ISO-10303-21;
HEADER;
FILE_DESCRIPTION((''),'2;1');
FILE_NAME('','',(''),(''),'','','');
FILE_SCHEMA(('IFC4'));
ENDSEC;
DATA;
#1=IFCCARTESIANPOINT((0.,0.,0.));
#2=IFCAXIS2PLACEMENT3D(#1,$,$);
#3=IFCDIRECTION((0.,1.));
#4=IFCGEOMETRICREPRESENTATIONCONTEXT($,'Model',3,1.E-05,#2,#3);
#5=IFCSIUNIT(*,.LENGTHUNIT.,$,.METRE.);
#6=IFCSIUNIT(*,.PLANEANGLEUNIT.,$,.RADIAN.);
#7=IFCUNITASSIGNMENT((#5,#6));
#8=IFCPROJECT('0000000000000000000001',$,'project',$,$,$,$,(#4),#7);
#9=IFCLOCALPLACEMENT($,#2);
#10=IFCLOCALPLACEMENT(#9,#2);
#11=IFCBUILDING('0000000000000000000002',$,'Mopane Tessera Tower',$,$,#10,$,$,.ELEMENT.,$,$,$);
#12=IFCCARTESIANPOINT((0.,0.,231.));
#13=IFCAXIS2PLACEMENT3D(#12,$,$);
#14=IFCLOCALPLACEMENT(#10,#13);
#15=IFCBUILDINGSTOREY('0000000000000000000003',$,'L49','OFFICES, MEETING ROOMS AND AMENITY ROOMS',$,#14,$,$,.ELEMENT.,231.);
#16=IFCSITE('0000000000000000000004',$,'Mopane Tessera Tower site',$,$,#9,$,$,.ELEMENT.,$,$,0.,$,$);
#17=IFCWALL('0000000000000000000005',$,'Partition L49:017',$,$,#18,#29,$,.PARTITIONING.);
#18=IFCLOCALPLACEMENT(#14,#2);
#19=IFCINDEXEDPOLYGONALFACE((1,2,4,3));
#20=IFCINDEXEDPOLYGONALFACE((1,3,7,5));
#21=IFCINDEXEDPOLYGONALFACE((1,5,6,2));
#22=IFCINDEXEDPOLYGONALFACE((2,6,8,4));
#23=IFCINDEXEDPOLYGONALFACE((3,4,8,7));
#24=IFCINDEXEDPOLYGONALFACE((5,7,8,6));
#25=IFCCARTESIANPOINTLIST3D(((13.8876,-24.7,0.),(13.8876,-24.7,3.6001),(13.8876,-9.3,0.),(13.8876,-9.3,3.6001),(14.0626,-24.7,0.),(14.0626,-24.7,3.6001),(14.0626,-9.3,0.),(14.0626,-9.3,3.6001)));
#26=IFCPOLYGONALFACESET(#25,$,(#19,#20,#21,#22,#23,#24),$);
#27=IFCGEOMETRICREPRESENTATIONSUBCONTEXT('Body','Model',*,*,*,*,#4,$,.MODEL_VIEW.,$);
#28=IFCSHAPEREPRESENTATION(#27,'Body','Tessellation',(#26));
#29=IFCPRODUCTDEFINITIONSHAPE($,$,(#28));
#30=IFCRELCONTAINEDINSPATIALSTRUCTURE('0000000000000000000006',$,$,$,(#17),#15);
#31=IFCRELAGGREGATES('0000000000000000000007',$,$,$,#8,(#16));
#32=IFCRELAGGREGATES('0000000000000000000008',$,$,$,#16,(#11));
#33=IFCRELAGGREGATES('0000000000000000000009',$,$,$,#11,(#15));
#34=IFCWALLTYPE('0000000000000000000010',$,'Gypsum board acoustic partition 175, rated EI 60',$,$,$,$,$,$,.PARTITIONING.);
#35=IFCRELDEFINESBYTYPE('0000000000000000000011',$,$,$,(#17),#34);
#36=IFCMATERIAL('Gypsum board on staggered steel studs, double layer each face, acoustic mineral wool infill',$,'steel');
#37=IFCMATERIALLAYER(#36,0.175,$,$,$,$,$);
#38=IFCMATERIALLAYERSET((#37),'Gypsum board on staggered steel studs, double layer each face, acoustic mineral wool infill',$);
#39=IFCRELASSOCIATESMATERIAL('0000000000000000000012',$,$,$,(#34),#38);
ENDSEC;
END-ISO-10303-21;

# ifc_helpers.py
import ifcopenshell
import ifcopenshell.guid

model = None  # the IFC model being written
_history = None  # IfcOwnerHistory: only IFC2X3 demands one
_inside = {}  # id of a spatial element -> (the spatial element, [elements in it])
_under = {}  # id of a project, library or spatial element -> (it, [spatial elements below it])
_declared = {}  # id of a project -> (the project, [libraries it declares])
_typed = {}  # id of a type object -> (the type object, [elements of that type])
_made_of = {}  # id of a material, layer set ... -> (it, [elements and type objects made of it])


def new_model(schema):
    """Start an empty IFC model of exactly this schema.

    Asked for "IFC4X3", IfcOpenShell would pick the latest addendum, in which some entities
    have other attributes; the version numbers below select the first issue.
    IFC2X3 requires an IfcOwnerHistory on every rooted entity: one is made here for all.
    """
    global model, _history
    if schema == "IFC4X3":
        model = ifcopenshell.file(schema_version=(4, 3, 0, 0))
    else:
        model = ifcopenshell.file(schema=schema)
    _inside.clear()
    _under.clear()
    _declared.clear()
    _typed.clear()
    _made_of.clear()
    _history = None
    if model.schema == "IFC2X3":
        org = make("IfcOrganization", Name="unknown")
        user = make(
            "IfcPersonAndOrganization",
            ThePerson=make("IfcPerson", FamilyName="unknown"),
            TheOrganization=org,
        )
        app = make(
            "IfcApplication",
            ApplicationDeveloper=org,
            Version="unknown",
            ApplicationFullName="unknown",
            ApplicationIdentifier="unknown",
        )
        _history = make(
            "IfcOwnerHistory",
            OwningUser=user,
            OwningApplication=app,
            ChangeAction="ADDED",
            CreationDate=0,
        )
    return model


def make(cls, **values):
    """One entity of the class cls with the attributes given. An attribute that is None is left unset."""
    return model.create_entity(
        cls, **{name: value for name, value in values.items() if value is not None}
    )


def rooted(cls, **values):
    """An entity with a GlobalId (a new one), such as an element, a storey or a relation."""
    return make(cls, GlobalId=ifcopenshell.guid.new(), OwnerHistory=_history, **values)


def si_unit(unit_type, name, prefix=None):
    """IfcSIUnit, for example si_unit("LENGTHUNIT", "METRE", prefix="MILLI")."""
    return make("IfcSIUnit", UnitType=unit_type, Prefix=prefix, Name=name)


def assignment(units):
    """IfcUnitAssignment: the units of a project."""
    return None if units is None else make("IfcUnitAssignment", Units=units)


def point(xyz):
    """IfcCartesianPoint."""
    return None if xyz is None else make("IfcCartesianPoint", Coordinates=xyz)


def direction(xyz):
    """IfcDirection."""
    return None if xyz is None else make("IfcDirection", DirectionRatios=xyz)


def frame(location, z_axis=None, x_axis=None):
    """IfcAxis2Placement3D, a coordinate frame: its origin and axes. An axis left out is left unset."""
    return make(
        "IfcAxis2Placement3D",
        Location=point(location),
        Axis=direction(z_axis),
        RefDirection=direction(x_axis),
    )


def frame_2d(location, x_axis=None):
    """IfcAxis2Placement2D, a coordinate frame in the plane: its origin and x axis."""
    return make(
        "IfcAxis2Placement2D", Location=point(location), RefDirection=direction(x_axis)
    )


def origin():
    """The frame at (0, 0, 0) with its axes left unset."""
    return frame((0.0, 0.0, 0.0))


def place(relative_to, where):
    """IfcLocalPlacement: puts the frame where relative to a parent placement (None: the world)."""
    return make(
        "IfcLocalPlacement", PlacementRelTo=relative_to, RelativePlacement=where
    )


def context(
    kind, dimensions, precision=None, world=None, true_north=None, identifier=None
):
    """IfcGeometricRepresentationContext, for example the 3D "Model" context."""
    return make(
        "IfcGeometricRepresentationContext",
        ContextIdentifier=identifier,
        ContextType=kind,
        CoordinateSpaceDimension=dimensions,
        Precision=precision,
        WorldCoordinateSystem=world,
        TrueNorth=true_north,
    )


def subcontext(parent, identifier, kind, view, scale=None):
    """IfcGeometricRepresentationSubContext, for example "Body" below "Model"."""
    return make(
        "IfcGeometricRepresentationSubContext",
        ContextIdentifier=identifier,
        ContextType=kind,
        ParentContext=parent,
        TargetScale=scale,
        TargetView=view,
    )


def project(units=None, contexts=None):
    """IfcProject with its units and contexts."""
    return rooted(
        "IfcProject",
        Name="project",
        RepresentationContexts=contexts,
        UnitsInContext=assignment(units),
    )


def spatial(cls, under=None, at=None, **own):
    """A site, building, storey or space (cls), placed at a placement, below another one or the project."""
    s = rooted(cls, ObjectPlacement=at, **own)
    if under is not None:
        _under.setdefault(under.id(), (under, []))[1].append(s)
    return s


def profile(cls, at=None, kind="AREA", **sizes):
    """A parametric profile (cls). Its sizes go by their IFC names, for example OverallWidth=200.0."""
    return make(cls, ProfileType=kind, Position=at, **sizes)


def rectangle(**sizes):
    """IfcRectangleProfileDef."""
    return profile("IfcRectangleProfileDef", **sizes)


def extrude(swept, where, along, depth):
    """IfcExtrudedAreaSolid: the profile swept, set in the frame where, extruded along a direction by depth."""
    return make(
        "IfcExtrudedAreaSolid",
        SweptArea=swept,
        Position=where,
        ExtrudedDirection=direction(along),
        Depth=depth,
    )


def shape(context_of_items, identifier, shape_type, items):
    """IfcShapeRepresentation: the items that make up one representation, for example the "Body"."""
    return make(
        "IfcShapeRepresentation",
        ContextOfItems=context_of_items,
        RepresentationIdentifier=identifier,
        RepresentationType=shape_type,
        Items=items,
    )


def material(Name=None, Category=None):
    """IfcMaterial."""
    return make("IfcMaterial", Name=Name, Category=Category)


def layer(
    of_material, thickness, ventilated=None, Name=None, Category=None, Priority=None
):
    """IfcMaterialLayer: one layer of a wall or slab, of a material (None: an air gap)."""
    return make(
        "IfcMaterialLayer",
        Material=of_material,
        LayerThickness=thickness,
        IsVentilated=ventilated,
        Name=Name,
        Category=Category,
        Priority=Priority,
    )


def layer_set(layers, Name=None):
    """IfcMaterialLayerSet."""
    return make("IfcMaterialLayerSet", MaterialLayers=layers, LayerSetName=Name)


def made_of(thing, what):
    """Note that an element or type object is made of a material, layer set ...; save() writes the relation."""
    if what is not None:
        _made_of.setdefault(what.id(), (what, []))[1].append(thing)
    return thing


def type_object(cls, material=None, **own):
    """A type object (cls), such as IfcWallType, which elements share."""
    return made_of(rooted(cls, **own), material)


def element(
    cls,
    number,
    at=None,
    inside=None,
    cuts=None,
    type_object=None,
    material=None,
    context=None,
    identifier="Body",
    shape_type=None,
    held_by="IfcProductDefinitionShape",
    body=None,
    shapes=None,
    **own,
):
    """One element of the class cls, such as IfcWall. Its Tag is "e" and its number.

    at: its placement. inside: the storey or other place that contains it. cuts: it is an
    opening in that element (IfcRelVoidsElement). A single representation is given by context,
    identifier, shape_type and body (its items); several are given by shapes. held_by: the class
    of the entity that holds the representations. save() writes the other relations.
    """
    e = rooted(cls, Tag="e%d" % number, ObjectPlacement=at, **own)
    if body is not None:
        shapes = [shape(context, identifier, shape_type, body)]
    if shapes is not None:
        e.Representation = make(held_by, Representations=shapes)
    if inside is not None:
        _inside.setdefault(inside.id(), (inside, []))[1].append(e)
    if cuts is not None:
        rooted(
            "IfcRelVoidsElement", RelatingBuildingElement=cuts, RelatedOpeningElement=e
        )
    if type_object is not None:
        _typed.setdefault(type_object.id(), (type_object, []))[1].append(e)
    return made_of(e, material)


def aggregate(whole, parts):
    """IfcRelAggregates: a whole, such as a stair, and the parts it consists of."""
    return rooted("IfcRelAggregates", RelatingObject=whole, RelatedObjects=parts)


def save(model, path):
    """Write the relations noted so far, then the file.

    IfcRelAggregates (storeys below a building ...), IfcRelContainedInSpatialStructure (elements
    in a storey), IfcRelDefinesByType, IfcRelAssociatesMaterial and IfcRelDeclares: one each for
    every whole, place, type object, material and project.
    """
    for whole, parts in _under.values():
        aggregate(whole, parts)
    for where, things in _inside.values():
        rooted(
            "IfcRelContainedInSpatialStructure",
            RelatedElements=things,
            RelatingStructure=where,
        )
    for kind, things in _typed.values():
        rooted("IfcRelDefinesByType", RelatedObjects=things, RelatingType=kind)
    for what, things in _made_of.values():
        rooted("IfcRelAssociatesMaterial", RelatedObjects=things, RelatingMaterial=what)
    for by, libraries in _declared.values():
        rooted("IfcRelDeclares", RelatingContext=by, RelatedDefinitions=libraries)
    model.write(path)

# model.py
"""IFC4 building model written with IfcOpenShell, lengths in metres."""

from ifc_helpers import new_model, si_unit, direction, frame, frame_2d, origin, place, context, subcontext, project, spatial, rectangle, extrude, material, layer, layer_set, type_object, element, save


model = new_model("IFC4")

# Units and contexts
model_context = context("Model", 3, precision=1e-05, world=origin(), true_north=direction((0.0, 1.0)))
body_context = subcontext(model_context, "Body", "Model", "MODEL_VIEW")
ifc_project = project(units=[si_unit("LENGTHUNIT", "METRE"), si_unit("PLANEANGLEUNIT", "RADIAN")], contexts=[model_context])

# Site, building, storey
site_placement = place(None, origin())
site = spatial("IfcSite", under=ifc_project, at=site_placement, Name="Mopane Tessera Tower site", CompositionType="ELEMENT", RefElevation=0.0)
building_placement = place(site_placement, origin())
building = spatial("IfcBuilding", under=site, at=building_placement, Name="Mopane Tessera Tower", CompositionType="ELEMENT")
storey_placement = place(building_placement, frame((0.0, 0.0, 231.0)))
storey = spatial("IfcBuildingStorey", under=building, at=storey_placement, Name="L49", Description="OFFICES, MEETING ROOMS AND AMENITY ROOMS", CompositionType="ELEMENT", Elevation=231.0)

# Wall
ifc_material_1 = material(Name="Gypsum board on staggered steel studs, double layer each face, acoustic mineral wool infill", Category="steel")
ifc_layer_1 = layer(ifc_material_1, 0.175)
ifc_layer_set_1 = layer_set([ifc_layer_1], Name="Gypsum board on staggered steel studs, double layer each face, acoustic mineral wool infill")
wall_type = type_object("IfcWallType", Name="Gypsum board acoustic partition 175, rated EI 60", PredefinedType="PARTITIONING", material=ifc_layer_set_1)
wall_placement = place(storey_placement, frame((13.9751, -24.7, 0.0), z_axis=(0.0, 0.0, 1.0), x_axis=(0.0, 1.0, 0.0)))
element("IfcWall", 1, at=wall_placement, inside=storey, type_object=wall_type, Name="Partition L49:017", PredefinedType="PARTITIONING", context=body_context, shape_type="SweptSolid", body=[
    extrude(rectangle(XDim=15.3999, YDim=0.175, at=frame_2d((7.7, 0.0))), origin(), (0.0, 0.0, 1.0), 3.6001),
])

save(model, "model.ifc")
